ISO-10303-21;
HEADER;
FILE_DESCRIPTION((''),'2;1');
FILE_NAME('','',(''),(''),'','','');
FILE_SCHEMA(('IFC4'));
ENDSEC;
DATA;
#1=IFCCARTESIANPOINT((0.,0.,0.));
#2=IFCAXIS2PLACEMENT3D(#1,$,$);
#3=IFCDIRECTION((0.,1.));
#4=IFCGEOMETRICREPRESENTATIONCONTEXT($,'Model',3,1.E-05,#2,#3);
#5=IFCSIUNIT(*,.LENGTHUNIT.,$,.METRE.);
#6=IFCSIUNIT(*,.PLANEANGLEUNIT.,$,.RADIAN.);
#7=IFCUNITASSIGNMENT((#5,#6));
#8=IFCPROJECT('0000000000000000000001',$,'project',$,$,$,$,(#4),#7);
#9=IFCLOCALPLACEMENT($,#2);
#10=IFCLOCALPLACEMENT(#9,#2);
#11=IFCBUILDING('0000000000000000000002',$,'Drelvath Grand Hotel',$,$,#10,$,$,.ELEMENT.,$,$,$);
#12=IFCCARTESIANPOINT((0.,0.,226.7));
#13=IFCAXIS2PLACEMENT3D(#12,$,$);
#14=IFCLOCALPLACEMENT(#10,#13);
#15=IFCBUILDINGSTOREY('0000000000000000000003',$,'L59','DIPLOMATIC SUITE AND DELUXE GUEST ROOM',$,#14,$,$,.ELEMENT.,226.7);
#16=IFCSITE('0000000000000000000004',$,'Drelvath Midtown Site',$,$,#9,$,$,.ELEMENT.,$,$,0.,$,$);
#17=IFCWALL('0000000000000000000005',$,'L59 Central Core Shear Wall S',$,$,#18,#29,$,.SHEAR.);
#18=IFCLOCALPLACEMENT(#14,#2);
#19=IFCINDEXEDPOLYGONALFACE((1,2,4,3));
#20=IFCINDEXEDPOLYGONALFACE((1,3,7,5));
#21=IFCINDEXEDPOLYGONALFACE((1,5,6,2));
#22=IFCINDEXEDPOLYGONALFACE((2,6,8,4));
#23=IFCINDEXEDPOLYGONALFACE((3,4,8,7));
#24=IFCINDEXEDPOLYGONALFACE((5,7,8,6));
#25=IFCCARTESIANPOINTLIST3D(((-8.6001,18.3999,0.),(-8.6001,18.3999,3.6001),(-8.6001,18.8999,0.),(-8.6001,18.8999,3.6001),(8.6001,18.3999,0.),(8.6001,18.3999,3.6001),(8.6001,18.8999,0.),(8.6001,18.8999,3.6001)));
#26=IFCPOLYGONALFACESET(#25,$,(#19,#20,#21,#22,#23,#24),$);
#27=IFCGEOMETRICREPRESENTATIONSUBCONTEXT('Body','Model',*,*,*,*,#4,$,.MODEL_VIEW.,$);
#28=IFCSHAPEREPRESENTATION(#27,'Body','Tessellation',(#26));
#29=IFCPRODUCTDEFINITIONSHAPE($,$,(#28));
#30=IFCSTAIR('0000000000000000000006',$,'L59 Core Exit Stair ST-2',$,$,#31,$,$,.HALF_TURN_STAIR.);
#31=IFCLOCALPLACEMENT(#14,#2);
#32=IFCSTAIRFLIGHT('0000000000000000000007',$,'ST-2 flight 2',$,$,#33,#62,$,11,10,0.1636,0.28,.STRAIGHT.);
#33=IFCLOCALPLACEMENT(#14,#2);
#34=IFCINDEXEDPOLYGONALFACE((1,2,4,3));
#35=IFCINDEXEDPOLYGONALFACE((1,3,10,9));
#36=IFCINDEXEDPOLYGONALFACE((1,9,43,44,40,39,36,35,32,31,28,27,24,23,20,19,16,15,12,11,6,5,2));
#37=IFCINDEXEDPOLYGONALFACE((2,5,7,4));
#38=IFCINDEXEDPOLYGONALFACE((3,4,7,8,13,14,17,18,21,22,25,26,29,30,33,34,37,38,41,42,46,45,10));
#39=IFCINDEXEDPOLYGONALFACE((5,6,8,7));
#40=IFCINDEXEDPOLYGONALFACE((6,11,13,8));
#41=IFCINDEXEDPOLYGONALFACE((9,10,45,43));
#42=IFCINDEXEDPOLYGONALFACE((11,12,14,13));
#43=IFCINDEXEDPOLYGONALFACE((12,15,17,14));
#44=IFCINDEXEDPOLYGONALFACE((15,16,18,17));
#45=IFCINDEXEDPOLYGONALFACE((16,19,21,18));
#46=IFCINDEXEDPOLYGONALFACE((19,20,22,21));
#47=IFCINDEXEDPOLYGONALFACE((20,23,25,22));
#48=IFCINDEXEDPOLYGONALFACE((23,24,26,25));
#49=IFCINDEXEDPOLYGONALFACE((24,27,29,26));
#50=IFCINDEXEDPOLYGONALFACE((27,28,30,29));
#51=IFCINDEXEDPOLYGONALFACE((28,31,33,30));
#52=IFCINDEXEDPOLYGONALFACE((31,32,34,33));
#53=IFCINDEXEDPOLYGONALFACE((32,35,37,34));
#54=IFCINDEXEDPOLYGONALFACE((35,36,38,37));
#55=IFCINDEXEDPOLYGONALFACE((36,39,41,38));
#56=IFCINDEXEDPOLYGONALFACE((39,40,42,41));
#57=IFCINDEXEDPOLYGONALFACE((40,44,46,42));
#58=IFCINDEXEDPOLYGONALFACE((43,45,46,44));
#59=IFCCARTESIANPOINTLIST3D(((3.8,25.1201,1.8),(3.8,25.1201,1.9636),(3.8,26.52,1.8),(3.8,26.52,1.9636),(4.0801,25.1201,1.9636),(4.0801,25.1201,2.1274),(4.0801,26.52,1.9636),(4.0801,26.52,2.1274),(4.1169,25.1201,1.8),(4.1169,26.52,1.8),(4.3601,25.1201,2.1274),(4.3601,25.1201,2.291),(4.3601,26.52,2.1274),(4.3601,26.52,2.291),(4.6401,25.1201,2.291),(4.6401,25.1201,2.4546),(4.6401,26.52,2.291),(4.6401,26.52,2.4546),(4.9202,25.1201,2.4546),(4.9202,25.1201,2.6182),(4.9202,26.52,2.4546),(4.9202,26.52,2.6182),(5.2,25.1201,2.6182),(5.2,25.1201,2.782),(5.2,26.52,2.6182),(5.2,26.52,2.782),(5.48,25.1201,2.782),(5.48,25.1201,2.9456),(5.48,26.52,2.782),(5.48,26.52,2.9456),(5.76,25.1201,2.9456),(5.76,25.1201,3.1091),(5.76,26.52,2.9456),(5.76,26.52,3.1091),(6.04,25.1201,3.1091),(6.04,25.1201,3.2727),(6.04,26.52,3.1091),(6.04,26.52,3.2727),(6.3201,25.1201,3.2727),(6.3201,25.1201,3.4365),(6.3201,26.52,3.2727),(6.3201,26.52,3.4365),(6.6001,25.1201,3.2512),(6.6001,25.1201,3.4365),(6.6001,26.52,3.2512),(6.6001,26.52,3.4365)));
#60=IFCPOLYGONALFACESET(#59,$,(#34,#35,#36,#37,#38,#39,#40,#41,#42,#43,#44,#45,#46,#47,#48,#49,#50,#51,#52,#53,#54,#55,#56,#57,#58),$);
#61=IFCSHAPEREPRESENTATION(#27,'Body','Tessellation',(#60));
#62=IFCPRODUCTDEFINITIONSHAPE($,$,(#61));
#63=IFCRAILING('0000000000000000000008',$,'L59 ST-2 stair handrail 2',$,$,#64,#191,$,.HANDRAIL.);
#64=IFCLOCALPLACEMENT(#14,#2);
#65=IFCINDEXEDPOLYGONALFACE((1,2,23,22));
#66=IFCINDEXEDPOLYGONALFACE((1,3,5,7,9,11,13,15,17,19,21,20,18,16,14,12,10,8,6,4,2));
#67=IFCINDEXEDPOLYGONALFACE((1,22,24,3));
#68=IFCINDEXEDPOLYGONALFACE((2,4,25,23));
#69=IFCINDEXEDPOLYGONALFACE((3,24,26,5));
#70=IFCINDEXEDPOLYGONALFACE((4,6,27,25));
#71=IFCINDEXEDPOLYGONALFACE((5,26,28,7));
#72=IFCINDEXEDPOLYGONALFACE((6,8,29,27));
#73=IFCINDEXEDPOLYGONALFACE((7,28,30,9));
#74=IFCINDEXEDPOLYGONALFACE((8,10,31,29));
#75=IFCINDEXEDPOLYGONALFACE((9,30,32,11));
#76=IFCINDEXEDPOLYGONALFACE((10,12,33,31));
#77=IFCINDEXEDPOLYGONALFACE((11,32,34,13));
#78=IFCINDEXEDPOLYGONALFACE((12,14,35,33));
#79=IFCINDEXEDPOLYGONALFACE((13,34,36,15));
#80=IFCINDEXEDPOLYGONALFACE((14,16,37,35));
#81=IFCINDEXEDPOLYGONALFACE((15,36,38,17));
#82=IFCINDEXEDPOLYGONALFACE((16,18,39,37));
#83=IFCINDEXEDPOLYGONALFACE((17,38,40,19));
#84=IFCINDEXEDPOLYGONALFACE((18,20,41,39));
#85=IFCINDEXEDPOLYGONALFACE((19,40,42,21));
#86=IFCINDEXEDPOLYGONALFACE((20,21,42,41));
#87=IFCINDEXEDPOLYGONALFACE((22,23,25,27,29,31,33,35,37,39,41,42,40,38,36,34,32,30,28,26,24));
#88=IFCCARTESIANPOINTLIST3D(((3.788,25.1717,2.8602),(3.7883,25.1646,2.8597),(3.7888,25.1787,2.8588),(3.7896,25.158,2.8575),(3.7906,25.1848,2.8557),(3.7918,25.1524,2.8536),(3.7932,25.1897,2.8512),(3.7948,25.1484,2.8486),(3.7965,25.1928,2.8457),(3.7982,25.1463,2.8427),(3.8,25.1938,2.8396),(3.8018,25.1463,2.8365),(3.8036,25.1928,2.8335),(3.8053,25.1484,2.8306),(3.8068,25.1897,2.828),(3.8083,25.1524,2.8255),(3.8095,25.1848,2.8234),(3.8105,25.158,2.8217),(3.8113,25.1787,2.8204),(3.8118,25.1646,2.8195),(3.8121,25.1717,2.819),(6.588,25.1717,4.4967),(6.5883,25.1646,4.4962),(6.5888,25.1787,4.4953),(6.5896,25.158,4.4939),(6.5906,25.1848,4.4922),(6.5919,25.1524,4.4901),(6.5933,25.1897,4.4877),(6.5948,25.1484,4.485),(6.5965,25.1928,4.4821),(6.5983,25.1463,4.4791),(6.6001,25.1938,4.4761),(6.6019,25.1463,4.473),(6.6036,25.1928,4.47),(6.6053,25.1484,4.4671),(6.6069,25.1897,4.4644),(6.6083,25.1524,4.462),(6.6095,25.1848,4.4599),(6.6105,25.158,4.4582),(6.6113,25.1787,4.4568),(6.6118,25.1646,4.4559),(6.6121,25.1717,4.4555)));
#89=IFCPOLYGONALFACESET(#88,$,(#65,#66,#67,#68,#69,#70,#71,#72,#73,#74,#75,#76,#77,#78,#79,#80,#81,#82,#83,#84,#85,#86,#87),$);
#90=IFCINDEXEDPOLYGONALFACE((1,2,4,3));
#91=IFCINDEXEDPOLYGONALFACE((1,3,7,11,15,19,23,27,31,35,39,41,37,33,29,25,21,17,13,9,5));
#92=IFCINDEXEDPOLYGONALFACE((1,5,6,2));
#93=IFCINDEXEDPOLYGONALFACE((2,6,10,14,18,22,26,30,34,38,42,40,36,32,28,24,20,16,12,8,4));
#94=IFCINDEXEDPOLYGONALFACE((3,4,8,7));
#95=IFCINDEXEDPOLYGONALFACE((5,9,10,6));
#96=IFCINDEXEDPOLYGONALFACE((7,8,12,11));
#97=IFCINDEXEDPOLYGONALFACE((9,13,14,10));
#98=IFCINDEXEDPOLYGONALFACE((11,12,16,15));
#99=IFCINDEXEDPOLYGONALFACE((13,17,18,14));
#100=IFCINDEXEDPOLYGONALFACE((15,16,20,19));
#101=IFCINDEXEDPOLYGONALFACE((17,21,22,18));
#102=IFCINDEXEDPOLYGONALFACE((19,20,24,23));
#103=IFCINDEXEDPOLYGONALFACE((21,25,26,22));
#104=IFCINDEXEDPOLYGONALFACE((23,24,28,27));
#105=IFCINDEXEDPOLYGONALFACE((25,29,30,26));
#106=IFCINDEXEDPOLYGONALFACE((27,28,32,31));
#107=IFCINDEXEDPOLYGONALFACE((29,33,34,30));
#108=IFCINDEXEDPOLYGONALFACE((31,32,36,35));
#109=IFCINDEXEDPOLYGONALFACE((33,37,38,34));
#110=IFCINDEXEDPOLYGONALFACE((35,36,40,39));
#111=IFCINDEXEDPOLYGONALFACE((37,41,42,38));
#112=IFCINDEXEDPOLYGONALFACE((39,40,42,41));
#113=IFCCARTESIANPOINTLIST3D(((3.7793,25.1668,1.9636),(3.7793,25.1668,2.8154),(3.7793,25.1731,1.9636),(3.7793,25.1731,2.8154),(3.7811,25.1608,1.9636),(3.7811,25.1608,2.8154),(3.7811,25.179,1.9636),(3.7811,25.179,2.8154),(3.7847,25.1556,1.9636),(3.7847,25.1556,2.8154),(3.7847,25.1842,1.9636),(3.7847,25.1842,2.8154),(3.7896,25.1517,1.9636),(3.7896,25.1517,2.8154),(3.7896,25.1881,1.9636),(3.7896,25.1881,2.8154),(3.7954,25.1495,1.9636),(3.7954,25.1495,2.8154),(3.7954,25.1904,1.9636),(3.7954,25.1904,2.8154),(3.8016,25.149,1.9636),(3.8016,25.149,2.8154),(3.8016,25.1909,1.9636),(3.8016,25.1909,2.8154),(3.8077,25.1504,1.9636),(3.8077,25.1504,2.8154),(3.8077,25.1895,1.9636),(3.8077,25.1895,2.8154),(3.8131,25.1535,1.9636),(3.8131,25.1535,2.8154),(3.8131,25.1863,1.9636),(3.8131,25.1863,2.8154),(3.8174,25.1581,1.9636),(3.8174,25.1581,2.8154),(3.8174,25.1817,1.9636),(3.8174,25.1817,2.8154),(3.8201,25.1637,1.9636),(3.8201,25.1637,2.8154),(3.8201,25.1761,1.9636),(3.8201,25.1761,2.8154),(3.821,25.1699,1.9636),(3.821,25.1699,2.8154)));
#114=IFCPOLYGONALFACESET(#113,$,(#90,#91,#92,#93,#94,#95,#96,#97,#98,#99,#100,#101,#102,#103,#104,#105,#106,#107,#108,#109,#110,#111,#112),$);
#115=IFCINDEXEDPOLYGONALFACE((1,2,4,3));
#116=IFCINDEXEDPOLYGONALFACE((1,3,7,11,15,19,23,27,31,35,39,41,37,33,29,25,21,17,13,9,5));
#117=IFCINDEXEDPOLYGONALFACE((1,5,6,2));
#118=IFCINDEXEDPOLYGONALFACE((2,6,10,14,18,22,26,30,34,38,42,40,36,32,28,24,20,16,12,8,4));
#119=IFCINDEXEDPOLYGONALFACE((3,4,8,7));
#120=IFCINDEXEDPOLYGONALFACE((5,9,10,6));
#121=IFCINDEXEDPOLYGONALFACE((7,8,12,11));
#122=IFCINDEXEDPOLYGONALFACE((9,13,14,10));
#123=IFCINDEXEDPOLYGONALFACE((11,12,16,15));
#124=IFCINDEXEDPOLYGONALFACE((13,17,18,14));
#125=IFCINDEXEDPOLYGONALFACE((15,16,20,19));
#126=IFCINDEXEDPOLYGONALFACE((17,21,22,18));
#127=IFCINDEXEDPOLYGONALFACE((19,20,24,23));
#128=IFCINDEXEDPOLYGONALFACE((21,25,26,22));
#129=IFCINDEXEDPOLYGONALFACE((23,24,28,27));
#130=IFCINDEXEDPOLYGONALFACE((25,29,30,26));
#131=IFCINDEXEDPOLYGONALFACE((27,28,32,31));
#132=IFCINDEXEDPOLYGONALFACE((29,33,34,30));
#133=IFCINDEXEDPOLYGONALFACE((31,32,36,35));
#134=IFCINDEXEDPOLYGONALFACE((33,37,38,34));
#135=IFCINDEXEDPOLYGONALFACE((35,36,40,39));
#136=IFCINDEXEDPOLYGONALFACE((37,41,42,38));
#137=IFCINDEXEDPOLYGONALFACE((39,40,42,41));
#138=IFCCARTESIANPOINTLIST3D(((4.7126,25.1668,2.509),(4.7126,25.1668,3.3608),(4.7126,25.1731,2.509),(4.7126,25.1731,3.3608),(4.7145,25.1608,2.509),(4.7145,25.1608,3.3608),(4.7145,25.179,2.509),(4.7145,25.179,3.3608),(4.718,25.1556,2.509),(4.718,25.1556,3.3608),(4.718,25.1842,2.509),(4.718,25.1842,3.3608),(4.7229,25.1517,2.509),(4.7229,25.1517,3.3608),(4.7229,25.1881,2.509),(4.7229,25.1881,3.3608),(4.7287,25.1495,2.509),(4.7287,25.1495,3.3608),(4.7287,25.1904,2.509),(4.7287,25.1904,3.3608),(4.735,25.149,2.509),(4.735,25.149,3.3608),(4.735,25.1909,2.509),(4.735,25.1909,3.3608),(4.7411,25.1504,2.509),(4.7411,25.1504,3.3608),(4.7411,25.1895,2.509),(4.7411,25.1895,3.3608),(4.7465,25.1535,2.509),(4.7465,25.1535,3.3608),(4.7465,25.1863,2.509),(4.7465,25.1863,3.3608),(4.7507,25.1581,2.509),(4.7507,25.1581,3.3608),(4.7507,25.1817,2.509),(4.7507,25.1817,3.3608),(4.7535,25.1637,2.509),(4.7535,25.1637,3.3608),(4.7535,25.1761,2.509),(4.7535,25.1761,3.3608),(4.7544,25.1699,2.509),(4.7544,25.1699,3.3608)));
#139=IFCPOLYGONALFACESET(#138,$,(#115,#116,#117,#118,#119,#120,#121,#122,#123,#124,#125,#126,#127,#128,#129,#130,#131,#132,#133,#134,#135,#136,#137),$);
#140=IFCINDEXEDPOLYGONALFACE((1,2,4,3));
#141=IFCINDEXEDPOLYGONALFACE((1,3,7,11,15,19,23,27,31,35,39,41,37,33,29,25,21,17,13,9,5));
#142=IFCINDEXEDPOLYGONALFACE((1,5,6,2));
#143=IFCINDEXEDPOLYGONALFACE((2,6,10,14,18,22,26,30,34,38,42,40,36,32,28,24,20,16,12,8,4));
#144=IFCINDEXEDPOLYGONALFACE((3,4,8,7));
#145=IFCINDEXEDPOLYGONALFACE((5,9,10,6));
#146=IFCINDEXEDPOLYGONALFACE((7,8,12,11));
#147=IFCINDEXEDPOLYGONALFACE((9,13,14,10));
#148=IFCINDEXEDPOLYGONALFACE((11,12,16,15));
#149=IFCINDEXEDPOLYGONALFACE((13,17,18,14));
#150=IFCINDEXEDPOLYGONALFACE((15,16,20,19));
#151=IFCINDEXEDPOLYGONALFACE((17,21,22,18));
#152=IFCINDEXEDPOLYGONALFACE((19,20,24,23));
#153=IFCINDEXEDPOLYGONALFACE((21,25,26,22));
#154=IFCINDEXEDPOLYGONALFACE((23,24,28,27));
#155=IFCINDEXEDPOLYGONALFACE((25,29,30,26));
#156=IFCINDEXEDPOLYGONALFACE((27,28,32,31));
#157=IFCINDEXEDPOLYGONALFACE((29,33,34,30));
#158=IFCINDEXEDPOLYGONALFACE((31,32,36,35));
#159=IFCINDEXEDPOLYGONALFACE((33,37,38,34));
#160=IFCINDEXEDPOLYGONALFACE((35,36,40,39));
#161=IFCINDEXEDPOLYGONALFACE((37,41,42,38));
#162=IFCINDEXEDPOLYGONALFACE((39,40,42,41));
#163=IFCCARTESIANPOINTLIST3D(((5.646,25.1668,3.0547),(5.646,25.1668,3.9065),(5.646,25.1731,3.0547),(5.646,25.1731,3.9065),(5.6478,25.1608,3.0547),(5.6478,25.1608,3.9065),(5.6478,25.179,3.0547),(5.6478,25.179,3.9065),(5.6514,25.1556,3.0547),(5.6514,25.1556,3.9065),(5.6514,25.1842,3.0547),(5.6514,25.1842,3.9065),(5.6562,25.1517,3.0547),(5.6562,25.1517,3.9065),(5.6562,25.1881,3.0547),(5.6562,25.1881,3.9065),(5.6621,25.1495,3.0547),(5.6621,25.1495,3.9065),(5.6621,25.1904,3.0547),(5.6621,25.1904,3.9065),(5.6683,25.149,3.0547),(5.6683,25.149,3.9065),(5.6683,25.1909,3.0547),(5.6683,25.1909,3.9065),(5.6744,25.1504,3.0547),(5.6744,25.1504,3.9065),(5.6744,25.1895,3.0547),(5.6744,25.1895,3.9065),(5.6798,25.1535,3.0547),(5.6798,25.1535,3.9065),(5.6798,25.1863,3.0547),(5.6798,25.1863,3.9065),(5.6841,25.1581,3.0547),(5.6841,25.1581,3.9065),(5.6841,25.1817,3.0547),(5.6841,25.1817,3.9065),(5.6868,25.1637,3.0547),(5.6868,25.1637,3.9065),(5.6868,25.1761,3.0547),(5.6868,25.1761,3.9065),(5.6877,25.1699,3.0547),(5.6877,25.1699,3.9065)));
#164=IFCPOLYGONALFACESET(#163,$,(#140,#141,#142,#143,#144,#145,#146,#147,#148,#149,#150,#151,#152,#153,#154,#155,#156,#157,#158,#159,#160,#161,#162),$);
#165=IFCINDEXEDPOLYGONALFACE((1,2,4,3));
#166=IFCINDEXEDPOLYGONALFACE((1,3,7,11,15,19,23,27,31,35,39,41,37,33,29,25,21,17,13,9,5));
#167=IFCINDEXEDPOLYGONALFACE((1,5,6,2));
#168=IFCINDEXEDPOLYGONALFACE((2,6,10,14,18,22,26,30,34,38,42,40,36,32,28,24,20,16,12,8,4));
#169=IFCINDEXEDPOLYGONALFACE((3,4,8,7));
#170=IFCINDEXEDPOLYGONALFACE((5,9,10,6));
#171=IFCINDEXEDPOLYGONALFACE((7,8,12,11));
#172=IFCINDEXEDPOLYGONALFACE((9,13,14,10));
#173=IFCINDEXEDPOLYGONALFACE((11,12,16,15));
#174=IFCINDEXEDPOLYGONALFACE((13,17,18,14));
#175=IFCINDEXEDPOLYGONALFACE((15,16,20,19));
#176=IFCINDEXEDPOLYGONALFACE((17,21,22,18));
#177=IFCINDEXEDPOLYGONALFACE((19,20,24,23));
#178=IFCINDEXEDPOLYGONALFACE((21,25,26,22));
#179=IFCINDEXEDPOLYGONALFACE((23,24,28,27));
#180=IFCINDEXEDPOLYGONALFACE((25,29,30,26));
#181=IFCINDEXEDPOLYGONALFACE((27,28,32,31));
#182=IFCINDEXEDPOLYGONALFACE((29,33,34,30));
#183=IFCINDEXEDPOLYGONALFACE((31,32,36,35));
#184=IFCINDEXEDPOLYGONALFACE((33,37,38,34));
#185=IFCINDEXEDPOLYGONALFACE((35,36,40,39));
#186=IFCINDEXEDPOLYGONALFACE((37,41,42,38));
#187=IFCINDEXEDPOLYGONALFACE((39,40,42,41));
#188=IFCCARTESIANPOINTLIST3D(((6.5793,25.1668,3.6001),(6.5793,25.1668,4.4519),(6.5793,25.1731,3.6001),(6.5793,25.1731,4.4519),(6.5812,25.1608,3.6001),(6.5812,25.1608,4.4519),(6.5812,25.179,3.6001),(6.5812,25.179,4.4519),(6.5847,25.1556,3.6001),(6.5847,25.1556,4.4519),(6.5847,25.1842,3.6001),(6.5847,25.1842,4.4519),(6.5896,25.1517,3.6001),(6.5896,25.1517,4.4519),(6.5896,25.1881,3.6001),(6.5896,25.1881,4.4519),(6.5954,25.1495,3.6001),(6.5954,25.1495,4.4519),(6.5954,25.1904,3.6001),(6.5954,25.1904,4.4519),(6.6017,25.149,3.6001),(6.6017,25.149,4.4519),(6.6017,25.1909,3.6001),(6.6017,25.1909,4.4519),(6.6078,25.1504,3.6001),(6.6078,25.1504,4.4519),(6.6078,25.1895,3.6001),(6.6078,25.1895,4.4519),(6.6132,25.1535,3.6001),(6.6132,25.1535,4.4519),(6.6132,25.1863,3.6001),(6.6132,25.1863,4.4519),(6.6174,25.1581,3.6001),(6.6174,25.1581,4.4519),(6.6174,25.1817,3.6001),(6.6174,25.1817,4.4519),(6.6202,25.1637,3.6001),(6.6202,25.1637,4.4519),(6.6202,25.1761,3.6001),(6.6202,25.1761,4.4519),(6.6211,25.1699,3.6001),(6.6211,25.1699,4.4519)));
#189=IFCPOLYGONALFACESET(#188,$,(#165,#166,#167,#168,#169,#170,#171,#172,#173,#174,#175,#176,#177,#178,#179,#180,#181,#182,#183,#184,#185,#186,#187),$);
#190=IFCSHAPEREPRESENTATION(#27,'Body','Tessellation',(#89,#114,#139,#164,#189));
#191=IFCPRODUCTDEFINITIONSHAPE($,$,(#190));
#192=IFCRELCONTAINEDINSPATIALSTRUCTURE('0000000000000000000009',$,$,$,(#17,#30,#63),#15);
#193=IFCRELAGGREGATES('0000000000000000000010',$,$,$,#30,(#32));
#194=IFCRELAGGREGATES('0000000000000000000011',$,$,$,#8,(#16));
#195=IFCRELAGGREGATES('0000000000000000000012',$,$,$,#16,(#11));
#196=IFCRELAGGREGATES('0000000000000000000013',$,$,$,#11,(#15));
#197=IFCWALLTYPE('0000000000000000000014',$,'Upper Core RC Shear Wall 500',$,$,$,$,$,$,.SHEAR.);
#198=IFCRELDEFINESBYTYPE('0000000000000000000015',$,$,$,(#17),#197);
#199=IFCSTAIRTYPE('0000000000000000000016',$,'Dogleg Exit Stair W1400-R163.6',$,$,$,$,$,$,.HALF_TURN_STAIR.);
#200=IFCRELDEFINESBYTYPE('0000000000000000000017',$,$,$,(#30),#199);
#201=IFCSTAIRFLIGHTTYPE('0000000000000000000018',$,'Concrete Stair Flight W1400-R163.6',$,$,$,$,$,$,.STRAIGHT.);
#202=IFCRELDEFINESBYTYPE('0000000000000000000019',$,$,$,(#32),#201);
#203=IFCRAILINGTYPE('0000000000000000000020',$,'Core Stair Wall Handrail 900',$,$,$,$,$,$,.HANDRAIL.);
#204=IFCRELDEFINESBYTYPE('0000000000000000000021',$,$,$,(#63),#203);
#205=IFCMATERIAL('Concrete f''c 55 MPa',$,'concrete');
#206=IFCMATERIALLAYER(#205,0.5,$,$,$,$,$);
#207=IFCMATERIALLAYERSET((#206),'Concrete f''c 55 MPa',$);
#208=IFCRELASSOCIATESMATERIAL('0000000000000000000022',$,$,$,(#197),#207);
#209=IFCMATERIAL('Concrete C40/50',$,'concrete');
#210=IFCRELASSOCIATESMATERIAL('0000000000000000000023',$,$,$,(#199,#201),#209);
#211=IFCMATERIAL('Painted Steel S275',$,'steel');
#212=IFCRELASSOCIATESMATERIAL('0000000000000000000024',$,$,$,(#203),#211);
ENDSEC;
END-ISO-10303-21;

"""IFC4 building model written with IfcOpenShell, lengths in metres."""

from ifc_helpers import new_model, si_unit, direction, frame, frame_2d, origin, origin_2d, place, context, subcontext, project, spatial, polyline, rectangle, circle, outline, extrude, material, layer, layer_set, type_object, element, aggregate, save


model = new_model("IFC4")

# Units and contexts
model_context = context("Model", 3, precision=1e-05, world=origin(), true_north=direction((0.0, 1.0)))
body_context = subcontext(model_context, "Body", "Model", "MODEL_VIEW")
ifc_project = project(units=[si_unit("LENGTHUNIT", "METRE"), si_unit("PLANEANGLEUNIT", "RADIAN")], contexts=[model_context])

# Site, building, storey
site_placement = place(None, origin())
site = spatial("IfcSite", under=ifc_project, at=site_placement, Name="Drelvath Midtown Site", CompositionType="ELEMENT", RefElevation=0.0)
building_placement = place(site_placement, origin())
building = spatial("IfcBuilding", under=site, at=building_placement, Name="Drelvath Grand Hotel", CompositionType="ELEMENT")
storey_placement = place(building_placement, frame((0.0, 0.0, 226.7)))
storey = spatial("IfcBuildingStorey", under=building, at=storey_placement, Name="L59", Description="DIPLOMATIC SUITE AND DELUXE GUEST ROOM", CompositionType="ELEMENT", Elevation=226.7)

# Shared definitions
ifc_material_1 = material(Name="Concrete f'c 55 MPa", Category="concrete")

# Shared definitions
ifc_material_2 = material(Name="Concrete C40/50", Category="concrete")

# Wall
ifc_layer_1 = layer(ifc_material_1, 0.5)
ifc_layer_set_1 = layer_set([ifc_layer_1], Name="Concrete f'c 55 MPa")
wall_type_1 = type_object("IfcWallType", Name="Upper Core RC Shear Wall 500", PredefinedType="SHEAR", material=ifc_layer_set_1)
wall_1_placement = place(storey_placement, frame((8.6001, 18.6499, 0.0), z_axis=(0.0, 0.0, 1.0), x_axis=(-1.0, 0.0, 0.0)))
element("IfcWall", 1, at=wall_1_placement, inside=storey, type_object=wall_type_1, Name="L59 Central Core Shear Wall S", PredefinedType="SHEAR", context=body_context, shape_type="SweptSolid", body=[
    extrude(rectangle(XDim=17.2002, YDim=0.5, at=frame_2d((8.6001, 0.0))), origin(), (0.0, 0.0, 1.0), 3.6001),
])

# Stair, stair flight
stair_type = type_object("IfcStairType", Name="Dogleg Exit Stair W1400-R163.6", PredefinedType="HALF_TURN_STAIR", material=ifc_material_2)
stair_placement = place(storey_placement, origin())
stair = element("IfcStair", 2, at=stair_placement, inside=storey, type_object=stair_type, Name="L59 Core Exit Stair ST-2", PredefinedType="HALF_TURN_STAIR")
stair_flight_type = type_object("IfcStairFlightType", Name="Concrete Stair Flight W1400-R163.6", PredefinedType="STRAIGHT", material=ifc_material_2)
stair_flight_placement = place(storey_placement, frame((3.8, 25.8201, 1.8), z_axis=(0.0, 0.0, 1.0), x_axis=(1.0, 0.0, 0.0)))
stair_flight = element("IfcStairFlight", 3, at=stair_flight_placement, type_object=stair_flight_type, Name="ST-2 flight 2", NumberOfRisers=11, NumberOfTreads=10, PredefinedType="STRAIGHT", RiserHeight=0.1636, TreadLength=0.28, context=body_context, shape_type="SweptSolid", body=[
    extrude(outline(polyline([(0.0, 0.0), (0.0, 0.1636), (0.28, 0.1636), (0.28, 0.3274), (0.5601, 0.3274), (0.5601, 0.491), (0.8401, 0.491), (0.8401, 0.6545), (1.1201, 0.6545), (1.1201, 0.8181), (1.3999, 0.8181), (1.3999, 0.9819), (1.6799, 0.9819), (1.6799, 1.1455), (1.96, 1.1455), (1.96, 1.3091), (2.24, 1.3091), (2.24, 1.4727), (2.52, 1.4727), (2.52, 1.6365), (2.8, 1.6365), (2.8, 1.8), (2.8, 1.4512), (0.3169, 0.0), (0.0, 0.0)])), frame((0.0, 0.7, 0.0), z_axis=(0.0, -1.0, 0.0), x_axis=(1.0, 0.0, 0.0)), (0.0, 0.0, 1.0), 1.3999),
])
aggregate(stair, [stair_flight])

# Railing
ifc_material_3 = material(Name="Painted Steel S275", Category="steel")
railing_type_1 = type_object("IfcRailingType", Name="Core Stair Wall Handrail 900", PredefinedType="HANDRAIL", material=ifc_material_3)
railing_1_placement = place(storey_placement, frame((3.8, 25.1699, 1.9636)))
element("IfcRailing", 4, at=railing_1_placement, inside=storey, type_object=railing_type_1, Name="L59 ST-2 stair handrail 2", PredefinedType="HANDRAIL", context=body_context, shape_type="SweptSolid", body=[
    extrude(circle(Radius=0.0239, at=origin_2d()), frame((0.0, 0.0, 0.876), z_axis=(0.863361, 0.0, 0.504587), x_axis=(0.0, 1.0, 0.0)), (0.0, 0.0, 1.0), 3.2432),
    extrude(circle(Radius=0.021, at=origin_2d()), origin(), (0.0, 0.0, 1.0), 0.8518),
    extrude(circle(Radius=0.021, at=origin_2d()), frame((0.9333, 0.0, 0.5454)), (0.0, 0.0, 1.0), 0.8518),
    extrude(circle(Radius=0.021, at=origin_2d()), frame((1.8667, 0.0, 1.0911)), (0.0, 0.0, 1.0), 0.8518),
    extrude(circle(Radius=0.021, at=origin_2d()), frame((2.8, 0.0, 1.6365)), (0.0, 0.0, 1.0), 0.8518),
])

save(model, "model.ifc")
